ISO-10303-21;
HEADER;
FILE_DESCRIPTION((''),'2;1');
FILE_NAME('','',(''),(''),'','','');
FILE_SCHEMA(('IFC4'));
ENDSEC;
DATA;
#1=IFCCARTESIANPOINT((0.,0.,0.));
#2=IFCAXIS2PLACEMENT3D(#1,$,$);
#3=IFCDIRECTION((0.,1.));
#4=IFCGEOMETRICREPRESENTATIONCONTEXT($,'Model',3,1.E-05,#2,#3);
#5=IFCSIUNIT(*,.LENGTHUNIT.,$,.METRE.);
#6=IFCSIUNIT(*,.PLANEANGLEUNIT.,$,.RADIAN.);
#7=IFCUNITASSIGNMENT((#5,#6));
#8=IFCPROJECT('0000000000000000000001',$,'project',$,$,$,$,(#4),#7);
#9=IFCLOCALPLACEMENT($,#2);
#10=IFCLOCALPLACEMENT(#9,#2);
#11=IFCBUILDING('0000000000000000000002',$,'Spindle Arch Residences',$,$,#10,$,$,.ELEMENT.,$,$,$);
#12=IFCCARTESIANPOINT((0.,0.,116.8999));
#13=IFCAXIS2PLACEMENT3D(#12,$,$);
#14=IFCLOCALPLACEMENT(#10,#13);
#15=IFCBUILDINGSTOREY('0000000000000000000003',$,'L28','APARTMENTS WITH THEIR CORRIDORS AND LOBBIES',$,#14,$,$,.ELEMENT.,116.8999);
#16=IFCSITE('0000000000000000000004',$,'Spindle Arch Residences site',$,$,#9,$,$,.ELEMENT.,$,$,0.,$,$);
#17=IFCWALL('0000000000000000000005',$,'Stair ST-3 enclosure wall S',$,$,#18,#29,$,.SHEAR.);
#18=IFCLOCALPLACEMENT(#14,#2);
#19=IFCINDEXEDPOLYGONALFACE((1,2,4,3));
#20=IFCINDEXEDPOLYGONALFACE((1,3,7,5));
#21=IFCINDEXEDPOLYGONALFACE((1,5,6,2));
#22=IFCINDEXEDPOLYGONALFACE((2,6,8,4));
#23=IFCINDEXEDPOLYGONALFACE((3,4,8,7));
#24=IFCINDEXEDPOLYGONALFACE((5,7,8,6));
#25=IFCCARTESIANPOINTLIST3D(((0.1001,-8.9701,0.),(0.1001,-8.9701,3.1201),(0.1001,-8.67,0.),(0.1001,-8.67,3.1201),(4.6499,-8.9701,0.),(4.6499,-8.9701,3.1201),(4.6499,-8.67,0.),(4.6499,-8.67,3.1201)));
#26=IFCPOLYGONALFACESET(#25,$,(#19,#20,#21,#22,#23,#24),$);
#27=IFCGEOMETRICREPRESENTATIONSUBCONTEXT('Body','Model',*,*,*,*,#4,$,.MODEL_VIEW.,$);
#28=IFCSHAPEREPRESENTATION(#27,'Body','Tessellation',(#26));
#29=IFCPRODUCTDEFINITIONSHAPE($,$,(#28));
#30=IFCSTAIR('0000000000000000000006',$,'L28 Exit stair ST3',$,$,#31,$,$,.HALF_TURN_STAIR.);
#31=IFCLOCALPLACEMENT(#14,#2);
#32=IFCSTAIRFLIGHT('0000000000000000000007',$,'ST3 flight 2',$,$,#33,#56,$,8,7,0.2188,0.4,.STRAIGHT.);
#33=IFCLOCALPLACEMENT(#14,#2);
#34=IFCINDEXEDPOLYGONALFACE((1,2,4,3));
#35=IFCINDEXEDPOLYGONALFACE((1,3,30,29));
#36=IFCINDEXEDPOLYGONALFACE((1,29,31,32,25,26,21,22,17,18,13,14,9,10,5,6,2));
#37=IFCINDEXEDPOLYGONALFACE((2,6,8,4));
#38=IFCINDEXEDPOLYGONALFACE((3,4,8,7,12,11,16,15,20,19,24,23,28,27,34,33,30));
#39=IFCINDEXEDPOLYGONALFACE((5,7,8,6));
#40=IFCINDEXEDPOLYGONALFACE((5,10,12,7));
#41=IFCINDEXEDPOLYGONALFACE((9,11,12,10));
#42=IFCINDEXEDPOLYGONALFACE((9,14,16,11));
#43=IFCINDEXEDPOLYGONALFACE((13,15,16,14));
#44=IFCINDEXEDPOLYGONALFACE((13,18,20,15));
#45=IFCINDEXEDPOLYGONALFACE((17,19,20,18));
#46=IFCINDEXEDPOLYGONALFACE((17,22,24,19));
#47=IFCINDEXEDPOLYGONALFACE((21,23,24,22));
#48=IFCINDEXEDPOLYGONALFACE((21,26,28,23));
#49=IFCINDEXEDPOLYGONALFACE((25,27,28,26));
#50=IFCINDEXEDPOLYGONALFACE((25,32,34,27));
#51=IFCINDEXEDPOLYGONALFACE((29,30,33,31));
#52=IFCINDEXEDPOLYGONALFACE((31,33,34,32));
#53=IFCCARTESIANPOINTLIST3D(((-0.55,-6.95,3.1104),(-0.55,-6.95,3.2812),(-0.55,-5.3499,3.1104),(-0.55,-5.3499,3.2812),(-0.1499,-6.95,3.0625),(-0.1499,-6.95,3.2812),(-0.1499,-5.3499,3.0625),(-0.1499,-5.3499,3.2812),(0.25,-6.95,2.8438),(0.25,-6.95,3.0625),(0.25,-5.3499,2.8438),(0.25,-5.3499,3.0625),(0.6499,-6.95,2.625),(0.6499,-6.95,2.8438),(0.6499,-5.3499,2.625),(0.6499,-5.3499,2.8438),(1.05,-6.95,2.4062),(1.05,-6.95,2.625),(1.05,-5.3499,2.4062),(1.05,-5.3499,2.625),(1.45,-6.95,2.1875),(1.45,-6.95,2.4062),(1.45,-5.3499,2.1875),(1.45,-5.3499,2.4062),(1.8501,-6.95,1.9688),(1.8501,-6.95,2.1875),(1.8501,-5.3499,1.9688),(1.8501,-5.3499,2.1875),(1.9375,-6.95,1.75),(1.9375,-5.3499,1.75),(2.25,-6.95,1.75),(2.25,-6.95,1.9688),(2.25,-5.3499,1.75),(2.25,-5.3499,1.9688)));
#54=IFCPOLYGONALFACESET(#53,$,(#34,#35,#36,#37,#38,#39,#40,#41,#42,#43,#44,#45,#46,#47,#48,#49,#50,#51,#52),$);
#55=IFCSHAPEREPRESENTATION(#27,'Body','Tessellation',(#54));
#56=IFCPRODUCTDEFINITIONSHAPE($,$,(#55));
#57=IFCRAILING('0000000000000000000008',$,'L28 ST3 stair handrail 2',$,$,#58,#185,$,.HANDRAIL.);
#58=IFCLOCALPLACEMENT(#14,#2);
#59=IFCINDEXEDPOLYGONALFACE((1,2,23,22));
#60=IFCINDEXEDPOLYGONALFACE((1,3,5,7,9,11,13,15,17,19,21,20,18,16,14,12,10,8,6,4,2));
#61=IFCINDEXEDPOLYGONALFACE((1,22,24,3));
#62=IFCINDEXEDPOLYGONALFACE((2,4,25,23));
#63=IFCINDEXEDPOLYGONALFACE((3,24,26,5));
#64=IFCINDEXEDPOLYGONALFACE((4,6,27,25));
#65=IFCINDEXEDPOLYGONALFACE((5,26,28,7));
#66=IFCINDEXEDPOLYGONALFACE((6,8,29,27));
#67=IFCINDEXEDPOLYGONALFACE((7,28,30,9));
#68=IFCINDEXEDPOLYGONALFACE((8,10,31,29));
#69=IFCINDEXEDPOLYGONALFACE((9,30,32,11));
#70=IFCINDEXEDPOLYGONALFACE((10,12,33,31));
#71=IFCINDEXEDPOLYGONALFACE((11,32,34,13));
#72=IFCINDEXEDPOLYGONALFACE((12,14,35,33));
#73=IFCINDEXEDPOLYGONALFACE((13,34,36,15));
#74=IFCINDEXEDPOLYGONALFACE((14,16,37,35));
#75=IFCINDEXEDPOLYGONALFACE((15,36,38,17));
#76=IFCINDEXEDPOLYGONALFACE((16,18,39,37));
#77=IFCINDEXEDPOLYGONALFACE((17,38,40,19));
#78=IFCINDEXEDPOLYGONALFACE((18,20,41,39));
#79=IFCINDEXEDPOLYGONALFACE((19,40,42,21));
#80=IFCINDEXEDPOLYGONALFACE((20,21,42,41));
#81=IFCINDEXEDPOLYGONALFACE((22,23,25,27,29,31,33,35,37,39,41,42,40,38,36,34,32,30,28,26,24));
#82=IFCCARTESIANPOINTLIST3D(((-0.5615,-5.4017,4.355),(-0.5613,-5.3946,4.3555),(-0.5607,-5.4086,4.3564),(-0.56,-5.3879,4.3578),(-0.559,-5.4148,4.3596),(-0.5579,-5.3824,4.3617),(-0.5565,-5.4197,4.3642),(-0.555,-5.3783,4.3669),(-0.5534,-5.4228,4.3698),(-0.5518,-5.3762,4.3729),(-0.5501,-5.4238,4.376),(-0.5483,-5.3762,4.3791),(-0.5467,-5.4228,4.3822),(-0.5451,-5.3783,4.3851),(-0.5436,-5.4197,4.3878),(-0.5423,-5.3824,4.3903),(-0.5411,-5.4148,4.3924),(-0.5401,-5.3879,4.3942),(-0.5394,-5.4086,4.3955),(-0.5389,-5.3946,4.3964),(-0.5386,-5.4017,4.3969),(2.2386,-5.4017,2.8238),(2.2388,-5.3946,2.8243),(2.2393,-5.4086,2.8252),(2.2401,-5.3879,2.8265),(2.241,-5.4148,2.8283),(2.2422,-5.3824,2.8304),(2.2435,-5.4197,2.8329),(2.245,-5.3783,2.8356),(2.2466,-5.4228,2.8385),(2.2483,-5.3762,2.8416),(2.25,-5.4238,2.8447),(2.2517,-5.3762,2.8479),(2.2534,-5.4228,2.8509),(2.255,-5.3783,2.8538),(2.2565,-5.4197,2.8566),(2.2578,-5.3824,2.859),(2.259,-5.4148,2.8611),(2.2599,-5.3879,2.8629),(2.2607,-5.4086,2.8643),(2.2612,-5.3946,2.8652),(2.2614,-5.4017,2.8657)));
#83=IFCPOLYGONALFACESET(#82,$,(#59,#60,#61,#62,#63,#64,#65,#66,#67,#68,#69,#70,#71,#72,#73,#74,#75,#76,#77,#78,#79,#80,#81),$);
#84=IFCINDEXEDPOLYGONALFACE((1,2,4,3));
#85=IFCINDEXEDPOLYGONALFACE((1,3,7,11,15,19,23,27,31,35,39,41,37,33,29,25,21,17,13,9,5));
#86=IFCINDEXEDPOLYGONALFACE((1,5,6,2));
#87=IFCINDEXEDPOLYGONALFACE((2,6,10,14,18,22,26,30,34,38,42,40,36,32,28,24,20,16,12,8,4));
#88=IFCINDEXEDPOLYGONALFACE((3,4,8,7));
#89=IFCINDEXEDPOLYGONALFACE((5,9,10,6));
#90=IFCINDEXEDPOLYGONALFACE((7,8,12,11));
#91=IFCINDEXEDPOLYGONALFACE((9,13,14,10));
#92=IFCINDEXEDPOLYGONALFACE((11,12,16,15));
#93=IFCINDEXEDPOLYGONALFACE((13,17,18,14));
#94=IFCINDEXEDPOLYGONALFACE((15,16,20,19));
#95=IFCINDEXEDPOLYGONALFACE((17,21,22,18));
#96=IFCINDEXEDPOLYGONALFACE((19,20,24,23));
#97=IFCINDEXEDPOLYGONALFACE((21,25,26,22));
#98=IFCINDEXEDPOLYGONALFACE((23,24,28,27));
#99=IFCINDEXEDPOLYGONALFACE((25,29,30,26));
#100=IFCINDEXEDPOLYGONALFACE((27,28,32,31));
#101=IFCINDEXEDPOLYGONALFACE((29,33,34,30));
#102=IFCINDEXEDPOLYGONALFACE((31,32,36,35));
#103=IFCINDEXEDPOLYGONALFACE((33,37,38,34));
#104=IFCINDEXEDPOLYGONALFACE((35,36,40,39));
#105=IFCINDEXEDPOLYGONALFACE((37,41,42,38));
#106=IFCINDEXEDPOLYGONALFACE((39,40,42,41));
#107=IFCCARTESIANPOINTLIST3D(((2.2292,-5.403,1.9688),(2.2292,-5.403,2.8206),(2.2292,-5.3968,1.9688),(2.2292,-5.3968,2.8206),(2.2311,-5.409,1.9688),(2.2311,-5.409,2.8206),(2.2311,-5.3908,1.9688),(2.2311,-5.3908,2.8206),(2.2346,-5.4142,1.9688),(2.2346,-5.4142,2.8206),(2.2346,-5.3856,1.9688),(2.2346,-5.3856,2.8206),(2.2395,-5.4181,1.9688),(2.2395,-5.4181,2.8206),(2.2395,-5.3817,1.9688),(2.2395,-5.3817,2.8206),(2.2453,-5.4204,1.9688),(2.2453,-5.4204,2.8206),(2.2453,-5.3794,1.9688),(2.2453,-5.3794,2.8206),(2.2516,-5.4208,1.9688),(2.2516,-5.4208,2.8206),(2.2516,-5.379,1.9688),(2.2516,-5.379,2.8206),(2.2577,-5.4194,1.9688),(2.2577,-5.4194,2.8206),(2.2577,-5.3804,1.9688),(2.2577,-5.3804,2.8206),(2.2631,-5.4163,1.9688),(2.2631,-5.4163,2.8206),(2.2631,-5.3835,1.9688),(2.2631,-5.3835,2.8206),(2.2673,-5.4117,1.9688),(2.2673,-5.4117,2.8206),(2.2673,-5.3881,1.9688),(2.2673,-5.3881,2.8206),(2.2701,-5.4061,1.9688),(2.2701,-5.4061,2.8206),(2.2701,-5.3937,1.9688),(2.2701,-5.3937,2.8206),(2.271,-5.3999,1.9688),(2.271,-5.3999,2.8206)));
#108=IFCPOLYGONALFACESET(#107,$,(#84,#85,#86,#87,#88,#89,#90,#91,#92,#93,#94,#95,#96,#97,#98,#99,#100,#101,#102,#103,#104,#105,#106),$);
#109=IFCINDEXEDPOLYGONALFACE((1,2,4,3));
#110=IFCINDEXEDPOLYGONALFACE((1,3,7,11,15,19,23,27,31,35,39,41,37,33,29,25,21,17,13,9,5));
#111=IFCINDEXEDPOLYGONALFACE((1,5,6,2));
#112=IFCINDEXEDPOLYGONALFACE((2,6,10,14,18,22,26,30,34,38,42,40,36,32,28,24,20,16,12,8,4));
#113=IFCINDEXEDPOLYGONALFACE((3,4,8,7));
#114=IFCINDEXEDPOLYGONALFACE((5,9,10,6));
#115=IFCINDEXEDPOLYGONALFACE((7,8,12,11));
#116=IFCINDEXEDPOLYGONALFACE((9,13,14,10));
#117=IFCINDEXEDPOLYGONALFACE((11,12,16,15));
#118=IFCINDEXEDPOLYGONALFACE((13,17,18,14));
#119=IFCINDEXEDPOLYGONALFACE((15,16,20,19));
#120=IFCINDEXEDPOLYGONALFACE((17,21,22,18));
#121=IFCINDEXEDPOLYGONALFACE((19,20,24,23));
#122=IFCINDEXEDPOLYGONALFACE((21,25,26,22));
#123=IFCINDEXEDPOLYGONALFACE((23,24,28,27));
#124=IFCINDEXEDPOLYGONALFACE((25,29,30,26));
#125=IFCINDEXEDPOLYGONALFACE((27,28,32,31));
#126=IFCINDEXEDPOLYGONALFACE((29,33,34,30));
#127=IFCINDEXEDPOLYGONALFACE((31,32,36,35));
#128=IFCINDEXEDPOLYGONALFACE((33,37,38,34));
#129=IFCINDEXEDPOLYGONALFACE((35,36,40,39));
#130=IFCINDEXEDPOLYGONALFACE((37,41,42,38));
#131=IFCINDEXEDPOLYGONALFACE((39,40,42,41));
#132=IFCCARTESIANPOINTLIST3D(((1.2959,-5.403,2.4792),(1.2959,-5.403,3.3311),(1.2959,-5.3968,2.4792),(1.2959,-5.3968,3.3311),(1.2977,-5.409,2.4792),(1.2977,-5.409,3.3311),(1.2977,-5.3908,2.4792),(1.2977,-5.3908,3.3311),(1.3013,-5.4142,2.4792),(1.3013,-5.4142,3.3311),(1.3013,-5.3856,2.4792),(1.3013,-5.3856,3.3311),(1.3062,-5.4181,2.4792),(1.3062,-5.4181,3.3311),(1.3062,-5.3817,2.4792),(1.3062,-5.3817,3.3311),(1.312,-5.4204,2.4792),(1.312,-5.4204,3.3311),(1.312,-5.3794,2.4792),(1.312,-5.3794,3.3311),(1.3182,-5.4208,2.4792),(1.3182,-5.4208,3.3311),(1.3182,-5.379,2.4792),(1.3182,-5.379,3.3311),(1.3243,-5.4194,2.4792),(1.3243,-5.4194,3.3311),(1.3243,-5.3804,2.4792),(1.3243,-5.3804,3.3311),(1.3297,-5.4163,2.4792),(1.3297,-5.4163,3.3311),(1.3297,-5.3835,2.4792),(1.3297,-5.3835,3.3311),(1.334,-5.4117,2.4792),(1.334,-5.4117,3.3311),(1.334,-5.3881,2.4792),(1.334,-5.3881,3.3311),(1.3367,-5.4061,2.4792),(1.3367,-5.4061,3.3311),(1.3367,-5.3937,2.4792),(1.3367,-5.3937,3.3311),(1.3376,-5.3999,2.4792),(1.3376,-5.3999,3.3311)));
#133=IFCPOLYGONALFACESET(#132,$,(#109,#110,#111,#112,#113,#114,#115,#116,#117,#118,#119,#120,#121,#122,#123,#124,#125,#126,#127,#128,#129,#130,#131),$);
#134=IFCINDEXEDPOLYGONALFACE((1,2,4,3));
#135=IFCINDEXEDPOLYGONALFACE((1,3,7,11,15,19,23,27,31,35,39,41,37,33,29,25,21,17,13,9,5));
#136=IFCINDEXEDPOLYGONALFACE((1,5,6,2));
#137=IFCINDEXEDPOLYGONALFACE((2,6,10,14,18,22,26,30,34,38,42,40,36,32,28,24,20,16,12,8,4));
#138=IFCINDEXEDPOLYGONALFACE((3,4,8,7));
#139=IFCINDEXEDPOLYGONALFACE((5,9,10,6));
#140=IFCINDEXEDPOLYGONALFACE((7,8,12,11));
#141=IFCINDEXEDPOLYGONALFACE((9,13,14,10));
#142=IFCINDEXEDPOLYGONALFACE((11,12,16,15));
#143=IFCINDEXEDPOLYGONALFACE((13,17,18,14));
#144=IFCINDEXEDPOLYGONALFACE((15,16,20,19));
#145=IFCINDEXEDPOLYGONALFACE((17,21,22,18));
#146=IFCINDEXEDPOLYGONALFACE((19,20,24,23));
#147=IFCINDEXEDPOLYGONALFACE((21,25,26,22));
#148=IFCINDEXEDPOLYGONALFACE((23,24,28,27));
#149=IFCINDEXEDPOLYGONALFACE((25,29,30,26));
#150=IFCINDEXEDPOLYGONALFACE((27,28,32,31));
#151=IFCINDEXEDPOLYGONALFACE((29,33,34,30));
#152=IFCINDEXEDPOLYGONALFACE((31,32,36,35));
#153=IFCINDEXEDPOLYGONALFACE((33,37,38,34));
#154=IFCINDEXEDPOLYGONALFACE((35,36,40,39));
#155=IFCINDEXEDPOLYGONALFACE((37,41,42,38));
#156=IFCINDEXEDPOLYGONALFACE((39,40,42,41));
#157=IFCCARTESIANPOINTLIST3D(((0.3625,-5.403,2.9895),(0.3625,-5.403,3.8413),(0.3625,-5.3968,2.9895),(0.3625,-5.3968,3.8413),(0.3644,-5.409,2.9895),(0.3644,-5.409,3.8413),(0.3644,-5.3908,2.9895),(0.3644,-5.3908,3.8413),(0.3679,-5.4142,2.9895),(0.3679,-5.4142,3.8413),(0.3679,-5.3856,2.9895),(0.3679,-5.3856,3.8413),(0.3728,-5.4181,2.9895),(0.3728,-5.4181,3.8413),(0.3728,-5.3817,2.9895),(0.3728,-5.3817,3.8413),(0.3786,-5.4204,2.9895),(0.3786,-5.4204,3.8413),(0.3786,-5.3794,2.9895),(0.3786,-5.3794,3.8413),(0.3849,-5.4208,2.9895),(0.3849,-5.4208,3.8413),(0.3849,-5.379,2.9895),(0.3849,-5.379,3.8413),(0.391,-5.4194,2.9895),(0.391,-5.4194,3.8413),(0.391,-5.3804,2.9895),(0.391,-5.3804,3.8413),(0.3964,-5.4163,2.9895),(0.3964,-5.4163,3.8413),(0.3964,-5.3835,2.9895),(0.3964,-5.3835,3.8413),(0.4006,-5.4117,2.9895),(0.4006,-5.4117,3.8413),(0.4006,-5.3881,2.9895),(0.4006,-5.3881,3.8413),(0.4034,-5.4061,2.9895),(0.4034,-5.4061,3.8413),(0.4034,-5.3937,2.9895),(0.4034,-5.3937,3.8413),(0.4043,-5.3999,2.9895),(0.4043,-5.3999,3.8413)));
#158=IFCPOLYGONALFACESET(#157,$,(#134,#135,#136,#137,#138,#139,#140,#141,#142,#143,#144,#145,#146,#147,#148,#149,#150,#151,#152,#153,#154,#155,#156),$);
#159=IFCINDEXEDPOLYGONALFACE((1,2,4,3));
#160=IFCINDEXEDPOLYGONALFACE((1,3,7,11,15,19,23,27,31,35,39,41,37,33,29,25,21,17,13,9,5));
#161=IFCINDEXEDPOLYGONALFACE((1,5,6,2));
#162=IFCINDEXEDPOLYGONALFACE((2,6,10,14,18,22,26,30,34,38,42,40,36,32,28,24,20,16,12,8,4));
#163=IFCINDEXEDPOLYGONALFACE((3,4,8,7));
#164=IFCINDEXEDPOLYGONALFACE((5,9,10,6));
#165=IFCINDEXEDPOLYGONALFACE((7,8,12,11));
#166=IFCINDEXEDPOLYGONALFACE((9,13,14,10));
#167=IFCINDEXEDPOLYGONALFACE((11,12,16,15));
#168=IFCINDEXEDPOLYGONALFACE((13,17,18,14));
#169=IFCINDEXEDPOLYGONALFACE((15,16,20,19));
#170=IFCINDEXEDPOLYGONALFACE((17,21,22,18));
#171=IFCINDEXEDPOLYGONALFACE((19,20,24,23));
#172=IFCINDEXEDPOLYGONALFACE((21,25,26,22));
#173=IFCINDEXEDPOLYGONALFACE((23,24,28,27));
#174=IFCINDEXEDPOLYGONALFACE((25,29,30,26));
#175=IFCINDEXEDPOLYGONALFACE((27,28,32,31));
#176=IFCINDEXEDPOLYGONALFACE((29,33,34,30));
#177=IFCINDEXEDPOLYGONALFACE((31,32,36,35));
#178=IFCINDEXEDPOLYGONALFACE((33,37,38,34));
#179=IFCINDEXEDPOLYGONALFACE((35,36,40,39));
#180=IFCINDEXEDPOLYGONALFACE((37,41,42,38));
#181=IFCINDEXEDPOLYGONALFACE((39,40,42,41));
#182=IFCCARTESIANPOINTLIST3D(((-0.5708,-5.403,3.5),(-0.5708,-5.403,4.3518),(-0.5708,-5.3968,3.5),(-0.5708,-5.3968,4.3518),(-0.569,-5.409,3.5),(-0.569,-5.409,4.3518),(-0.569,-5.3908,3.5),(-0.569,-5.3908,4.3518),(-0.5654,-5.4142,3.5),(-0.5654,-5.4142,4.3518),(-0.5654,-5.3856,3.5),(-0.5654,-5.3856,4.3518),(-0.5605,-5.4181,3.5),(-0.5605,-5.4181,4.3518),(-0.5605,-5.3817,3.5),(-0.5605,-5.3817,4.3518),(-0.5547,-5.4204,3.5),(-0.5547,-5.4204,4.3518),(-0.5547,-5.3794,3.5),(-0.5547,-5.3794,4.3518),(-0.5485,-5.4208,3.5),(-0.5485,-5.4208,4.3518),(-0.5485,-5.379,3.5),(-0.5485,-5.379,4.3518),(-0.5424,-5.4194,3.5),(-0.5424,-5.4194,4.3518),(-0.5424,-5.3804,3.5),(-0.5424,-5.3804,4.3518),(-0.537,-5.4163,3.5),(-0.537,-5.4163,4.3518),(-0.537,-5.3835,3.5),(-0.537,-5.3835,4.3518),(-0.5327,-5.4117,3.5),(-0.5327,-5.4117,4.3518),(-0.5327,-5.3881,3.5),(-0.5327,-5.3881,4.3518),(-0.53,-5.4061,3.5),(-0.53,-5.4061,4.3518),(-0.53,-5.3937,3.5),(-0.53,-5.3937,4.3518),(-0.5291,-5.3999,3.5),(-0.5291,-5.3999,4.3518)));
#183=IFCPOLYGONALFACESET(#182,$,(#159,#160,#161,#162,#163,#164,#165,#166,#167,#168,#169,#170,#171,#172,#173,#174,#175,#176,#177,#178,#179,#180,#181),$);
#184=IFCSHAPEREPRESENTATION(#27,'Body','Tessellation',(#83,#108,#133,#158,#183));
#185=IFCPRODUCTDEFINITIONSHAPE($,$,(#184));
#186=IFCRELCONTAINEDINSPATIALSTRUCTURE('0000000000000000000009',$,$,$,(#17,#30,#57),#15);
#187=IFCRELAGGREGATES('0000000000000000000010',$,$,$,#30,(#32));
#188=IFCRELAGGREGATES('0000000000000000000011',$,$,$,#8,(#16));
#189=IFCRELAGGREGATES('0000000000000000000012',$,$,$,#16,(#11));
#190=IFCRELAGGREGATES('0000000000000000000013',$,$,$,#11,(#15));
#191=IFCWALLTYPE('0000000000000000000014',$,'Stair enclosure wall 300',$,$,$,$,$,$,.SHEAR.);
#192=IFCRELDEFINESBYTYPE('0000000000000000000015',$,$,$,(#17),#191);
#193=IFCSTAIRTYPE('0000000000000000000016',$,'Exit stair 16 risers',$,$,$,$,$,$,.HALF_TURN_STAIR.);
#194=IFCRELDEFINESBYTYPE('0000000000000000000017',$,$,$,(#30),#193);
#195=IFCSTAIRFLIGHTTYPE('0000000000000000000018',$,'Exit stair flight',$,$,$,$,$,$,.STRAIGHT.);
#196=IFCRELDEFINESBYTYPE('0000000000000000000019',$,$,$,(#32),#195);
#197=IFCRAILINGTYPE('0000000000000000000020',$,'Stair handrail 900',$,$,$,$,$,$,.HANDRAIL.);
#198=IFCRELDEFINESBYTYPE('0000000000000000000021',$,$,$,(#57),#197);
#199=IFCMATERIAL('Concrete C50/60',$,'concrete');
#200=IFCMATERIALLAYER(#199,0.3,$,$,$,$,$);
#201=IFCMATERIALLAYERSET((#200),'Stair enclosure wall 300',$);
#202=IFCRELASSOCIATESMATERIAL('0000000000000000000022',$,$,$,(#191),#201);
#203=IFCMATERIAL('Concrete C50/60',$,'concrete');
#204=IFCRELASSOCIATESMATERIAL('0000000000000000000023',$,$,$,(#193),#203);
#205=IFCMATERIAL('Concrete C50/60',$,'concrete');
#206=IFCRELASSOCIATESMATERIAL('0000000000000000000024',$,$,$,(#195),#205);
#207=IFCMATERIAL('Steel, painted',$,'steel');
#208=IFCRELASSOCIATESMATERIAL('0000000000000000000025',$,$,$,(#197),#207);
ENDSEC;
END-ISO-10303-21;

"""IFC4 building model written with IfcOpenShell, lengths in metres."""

from ifc_helpers import new_model, si_unit, direction, frame, frame_2d, origin, origin_2d, place, context, subcontext, project, spatial, polyline, rectangle, circle, outline, extrude, material, layer, layer_set, type_object, element, aggregate, save


model = new_model("IFC4")

# Units and contexts
model_context = context("Model", 3, precision=1e-05, world=origin(), true_north=direction((0.0, 1.0)))
body_context = subcontext(model_context, "Body", "Model", "MODEL_VIEW")
ifc_project = project(units=[si_unit("LENGTHUNIT", "METRE"), si_unit("PLANEANGLEUNIT", "RADIAN")], contexts=[model_context])

# Site, building, storey
site_placement = place(None, origin())
site = spatial("IfcSite", under=ifc_project, at=site_placement, Name="Spindle Arch Residences site", CompositionType="ELEMENT", RefElevation=0.0)
building_placement = place(site_placement, origin())
building = spatial("IfcBuilding", under=site, at=building_placement, Name="Spindle Arch Residences", CompositionType="ELEMENT")
storey_placement = place(building_placement, frame((0.0, 0.0, 116.8999)))
storey = spatial("IfcBuildingStorey", under=building, at=storey_placement, Name="L28", Description="APARTMENTS WITH THEIR CORRIDORS AND LOBBIES", CompositionType="ELEMENT", Elevation=116.8999)

# Wall
ifc_material_1 = material(Name="Concrete C50/60", Category="concrete")
ifc_layer_1 = layer(ifc_material_1, 0.3)
ifc_layer_set_1 = layer_set([ifc_layer_1], Name="Stair enclosure wall 300")
wall_type_1 = type_object("IfcWallType", Name="Stair enclosure wall 300", PredefinedType="SHEAR", material=ifc_layer_set_1)
wall_1_placement = place(storey_placement, frame((0.1001, -8.8201, 0.0), z_axis=(0.0, 0.0, 1.0), x_axis=(1.0, 0.0, 0.0)))
element("IfcWall", 1, at=wall_1_placement, inside=storey, type_object=wall_type_1, Name="Stair ST-3 enclosure wall S", PredefinedType="SHEAR", context=body_context, shape_type="SweptSolid", body=[
    extrude(rectangle(XDim=4.5498, YDim=0.3, at=frame_2d((2.2749, 0.0))), origin(), (0.0, 0.0, 1.0), 3.1201),
])

# Stair, stair flight
ifc_material_2 = material(Name="Concrete C50/60", Category="concrete")
stair_type = type_object("IfcStairType", Name="Exit stair 16 risers", PredefinedType="HALF_TURN_STAIR", material=ifc_material_2)
stair_placement = place(storey_placement, origin())
stair = element("IfcStair", 2, at=stair_placement, inside=storey, type_object=stair_type, Name="L28 Exit stair ST3", PredefinedType="HALF_TURN_STAIR")
ifc_material_3 = material(Name="Concrete C50/60", Category="concrete")
stair_flight_type = type_object("IfcStairFlightType", Name="Exit stair flight", PredefinedType="STRAIGHT", material=ifc_material_3)
stair_flight_placement = place(storey_placement, frame((2.25, -6.1499, 1.75), z_axis=(0.0, 0.0, 1.0), x_axis=(-1.0, 0.0, 0.0)))
stair_flight = element("IfcStairFlight", 3, at=stair_flight_placement, type_object=stair_flight_type, Name="ST3 flight 2", NumberOfRisers=8, NumberOfTreads=7, PredefinedType="STRAIGHT", RiserHeight=0.2188, TreadLength=0.4, context=body_context, shape_type="SweptSolid", body=[
    extrude(outline(polyline([(0.0, 0.0), (0.0, 0.2188), (0.3999, 0.2188), (0.3999, 0.4375), (0.8, 0.4375), (0.8, 0.6562), (1.2, 0.6562), (1.2, 0.875), (1.6001, 0.875), (1.6001, 1.0938), (2.0, 1.0938), (2.0, 1.3125), (2.3999, 1.3125), (2.3999, 1.5312), (2.8, 1.5312), (2.8, 1.75), (2.8, 1.3604), (0.3125, 0.0), (0.0, 0.0)])), frame((0.0, 0.8, 0.0), z_axis=(0.0, -1.0, 0.0), x_axis=(1.0, 0.0, 0.0)), (0.0, 0.0, 1.0), 1.6001),
])
aggregate(stair, [stair_flight])

# Railing
ifc_material_4 = material(Name="Steel, painted", Category="steel")
railing_type = type_object("IfcRailingType", Name="Stair handrail 900", PredefinedType="HANDRAIL", material=ifc_material_4)
railing_placement = place(storey_placement, frame((2.25, -5.3999, 1.9688)))
element("IfcRailing", 4, at=railing_placement, inside=storey, type_object=railing_type, Name="L28 ST3 stair handrail 2", PredefinedType="HANDRAIL", context=body_context, shape_type="SweptSolid", body=[
    extrude(circle(Radius=0.0239, at=origin_2d()), frame((0.0, 0.0, 0.876), z_axis=(-0.877375, 0.0, 0.479806), x_axis=(0.0, -1.0, 0.0)), (0.0, 0.0, 1.0), 3.1914),
    extrude(circle(Radius=0.021, at=origin_2d()), origin(), (0.0, 0.0, 1.0), 0.8518),
    extrude(circle(Radius=0.021, at=origin_2d()), frame((-0.9333, 0.0, 0.5105)), (0.0, 0.0, 1.0), 0.8518),
    extrude(circle(Radius=0.021, at=origin_2d()), frame((-1.8667, 0.0, 1.0208)), (0.0, 0.0, 1.0), 0.8518),
    extrude(circle(Radius=0.021, at=origin_2d()), frame((-2.8, 0.0, 1.5312)), (0.0, 0.0, 1.0), 0.8518),
])

save(model, "model.ifc")
